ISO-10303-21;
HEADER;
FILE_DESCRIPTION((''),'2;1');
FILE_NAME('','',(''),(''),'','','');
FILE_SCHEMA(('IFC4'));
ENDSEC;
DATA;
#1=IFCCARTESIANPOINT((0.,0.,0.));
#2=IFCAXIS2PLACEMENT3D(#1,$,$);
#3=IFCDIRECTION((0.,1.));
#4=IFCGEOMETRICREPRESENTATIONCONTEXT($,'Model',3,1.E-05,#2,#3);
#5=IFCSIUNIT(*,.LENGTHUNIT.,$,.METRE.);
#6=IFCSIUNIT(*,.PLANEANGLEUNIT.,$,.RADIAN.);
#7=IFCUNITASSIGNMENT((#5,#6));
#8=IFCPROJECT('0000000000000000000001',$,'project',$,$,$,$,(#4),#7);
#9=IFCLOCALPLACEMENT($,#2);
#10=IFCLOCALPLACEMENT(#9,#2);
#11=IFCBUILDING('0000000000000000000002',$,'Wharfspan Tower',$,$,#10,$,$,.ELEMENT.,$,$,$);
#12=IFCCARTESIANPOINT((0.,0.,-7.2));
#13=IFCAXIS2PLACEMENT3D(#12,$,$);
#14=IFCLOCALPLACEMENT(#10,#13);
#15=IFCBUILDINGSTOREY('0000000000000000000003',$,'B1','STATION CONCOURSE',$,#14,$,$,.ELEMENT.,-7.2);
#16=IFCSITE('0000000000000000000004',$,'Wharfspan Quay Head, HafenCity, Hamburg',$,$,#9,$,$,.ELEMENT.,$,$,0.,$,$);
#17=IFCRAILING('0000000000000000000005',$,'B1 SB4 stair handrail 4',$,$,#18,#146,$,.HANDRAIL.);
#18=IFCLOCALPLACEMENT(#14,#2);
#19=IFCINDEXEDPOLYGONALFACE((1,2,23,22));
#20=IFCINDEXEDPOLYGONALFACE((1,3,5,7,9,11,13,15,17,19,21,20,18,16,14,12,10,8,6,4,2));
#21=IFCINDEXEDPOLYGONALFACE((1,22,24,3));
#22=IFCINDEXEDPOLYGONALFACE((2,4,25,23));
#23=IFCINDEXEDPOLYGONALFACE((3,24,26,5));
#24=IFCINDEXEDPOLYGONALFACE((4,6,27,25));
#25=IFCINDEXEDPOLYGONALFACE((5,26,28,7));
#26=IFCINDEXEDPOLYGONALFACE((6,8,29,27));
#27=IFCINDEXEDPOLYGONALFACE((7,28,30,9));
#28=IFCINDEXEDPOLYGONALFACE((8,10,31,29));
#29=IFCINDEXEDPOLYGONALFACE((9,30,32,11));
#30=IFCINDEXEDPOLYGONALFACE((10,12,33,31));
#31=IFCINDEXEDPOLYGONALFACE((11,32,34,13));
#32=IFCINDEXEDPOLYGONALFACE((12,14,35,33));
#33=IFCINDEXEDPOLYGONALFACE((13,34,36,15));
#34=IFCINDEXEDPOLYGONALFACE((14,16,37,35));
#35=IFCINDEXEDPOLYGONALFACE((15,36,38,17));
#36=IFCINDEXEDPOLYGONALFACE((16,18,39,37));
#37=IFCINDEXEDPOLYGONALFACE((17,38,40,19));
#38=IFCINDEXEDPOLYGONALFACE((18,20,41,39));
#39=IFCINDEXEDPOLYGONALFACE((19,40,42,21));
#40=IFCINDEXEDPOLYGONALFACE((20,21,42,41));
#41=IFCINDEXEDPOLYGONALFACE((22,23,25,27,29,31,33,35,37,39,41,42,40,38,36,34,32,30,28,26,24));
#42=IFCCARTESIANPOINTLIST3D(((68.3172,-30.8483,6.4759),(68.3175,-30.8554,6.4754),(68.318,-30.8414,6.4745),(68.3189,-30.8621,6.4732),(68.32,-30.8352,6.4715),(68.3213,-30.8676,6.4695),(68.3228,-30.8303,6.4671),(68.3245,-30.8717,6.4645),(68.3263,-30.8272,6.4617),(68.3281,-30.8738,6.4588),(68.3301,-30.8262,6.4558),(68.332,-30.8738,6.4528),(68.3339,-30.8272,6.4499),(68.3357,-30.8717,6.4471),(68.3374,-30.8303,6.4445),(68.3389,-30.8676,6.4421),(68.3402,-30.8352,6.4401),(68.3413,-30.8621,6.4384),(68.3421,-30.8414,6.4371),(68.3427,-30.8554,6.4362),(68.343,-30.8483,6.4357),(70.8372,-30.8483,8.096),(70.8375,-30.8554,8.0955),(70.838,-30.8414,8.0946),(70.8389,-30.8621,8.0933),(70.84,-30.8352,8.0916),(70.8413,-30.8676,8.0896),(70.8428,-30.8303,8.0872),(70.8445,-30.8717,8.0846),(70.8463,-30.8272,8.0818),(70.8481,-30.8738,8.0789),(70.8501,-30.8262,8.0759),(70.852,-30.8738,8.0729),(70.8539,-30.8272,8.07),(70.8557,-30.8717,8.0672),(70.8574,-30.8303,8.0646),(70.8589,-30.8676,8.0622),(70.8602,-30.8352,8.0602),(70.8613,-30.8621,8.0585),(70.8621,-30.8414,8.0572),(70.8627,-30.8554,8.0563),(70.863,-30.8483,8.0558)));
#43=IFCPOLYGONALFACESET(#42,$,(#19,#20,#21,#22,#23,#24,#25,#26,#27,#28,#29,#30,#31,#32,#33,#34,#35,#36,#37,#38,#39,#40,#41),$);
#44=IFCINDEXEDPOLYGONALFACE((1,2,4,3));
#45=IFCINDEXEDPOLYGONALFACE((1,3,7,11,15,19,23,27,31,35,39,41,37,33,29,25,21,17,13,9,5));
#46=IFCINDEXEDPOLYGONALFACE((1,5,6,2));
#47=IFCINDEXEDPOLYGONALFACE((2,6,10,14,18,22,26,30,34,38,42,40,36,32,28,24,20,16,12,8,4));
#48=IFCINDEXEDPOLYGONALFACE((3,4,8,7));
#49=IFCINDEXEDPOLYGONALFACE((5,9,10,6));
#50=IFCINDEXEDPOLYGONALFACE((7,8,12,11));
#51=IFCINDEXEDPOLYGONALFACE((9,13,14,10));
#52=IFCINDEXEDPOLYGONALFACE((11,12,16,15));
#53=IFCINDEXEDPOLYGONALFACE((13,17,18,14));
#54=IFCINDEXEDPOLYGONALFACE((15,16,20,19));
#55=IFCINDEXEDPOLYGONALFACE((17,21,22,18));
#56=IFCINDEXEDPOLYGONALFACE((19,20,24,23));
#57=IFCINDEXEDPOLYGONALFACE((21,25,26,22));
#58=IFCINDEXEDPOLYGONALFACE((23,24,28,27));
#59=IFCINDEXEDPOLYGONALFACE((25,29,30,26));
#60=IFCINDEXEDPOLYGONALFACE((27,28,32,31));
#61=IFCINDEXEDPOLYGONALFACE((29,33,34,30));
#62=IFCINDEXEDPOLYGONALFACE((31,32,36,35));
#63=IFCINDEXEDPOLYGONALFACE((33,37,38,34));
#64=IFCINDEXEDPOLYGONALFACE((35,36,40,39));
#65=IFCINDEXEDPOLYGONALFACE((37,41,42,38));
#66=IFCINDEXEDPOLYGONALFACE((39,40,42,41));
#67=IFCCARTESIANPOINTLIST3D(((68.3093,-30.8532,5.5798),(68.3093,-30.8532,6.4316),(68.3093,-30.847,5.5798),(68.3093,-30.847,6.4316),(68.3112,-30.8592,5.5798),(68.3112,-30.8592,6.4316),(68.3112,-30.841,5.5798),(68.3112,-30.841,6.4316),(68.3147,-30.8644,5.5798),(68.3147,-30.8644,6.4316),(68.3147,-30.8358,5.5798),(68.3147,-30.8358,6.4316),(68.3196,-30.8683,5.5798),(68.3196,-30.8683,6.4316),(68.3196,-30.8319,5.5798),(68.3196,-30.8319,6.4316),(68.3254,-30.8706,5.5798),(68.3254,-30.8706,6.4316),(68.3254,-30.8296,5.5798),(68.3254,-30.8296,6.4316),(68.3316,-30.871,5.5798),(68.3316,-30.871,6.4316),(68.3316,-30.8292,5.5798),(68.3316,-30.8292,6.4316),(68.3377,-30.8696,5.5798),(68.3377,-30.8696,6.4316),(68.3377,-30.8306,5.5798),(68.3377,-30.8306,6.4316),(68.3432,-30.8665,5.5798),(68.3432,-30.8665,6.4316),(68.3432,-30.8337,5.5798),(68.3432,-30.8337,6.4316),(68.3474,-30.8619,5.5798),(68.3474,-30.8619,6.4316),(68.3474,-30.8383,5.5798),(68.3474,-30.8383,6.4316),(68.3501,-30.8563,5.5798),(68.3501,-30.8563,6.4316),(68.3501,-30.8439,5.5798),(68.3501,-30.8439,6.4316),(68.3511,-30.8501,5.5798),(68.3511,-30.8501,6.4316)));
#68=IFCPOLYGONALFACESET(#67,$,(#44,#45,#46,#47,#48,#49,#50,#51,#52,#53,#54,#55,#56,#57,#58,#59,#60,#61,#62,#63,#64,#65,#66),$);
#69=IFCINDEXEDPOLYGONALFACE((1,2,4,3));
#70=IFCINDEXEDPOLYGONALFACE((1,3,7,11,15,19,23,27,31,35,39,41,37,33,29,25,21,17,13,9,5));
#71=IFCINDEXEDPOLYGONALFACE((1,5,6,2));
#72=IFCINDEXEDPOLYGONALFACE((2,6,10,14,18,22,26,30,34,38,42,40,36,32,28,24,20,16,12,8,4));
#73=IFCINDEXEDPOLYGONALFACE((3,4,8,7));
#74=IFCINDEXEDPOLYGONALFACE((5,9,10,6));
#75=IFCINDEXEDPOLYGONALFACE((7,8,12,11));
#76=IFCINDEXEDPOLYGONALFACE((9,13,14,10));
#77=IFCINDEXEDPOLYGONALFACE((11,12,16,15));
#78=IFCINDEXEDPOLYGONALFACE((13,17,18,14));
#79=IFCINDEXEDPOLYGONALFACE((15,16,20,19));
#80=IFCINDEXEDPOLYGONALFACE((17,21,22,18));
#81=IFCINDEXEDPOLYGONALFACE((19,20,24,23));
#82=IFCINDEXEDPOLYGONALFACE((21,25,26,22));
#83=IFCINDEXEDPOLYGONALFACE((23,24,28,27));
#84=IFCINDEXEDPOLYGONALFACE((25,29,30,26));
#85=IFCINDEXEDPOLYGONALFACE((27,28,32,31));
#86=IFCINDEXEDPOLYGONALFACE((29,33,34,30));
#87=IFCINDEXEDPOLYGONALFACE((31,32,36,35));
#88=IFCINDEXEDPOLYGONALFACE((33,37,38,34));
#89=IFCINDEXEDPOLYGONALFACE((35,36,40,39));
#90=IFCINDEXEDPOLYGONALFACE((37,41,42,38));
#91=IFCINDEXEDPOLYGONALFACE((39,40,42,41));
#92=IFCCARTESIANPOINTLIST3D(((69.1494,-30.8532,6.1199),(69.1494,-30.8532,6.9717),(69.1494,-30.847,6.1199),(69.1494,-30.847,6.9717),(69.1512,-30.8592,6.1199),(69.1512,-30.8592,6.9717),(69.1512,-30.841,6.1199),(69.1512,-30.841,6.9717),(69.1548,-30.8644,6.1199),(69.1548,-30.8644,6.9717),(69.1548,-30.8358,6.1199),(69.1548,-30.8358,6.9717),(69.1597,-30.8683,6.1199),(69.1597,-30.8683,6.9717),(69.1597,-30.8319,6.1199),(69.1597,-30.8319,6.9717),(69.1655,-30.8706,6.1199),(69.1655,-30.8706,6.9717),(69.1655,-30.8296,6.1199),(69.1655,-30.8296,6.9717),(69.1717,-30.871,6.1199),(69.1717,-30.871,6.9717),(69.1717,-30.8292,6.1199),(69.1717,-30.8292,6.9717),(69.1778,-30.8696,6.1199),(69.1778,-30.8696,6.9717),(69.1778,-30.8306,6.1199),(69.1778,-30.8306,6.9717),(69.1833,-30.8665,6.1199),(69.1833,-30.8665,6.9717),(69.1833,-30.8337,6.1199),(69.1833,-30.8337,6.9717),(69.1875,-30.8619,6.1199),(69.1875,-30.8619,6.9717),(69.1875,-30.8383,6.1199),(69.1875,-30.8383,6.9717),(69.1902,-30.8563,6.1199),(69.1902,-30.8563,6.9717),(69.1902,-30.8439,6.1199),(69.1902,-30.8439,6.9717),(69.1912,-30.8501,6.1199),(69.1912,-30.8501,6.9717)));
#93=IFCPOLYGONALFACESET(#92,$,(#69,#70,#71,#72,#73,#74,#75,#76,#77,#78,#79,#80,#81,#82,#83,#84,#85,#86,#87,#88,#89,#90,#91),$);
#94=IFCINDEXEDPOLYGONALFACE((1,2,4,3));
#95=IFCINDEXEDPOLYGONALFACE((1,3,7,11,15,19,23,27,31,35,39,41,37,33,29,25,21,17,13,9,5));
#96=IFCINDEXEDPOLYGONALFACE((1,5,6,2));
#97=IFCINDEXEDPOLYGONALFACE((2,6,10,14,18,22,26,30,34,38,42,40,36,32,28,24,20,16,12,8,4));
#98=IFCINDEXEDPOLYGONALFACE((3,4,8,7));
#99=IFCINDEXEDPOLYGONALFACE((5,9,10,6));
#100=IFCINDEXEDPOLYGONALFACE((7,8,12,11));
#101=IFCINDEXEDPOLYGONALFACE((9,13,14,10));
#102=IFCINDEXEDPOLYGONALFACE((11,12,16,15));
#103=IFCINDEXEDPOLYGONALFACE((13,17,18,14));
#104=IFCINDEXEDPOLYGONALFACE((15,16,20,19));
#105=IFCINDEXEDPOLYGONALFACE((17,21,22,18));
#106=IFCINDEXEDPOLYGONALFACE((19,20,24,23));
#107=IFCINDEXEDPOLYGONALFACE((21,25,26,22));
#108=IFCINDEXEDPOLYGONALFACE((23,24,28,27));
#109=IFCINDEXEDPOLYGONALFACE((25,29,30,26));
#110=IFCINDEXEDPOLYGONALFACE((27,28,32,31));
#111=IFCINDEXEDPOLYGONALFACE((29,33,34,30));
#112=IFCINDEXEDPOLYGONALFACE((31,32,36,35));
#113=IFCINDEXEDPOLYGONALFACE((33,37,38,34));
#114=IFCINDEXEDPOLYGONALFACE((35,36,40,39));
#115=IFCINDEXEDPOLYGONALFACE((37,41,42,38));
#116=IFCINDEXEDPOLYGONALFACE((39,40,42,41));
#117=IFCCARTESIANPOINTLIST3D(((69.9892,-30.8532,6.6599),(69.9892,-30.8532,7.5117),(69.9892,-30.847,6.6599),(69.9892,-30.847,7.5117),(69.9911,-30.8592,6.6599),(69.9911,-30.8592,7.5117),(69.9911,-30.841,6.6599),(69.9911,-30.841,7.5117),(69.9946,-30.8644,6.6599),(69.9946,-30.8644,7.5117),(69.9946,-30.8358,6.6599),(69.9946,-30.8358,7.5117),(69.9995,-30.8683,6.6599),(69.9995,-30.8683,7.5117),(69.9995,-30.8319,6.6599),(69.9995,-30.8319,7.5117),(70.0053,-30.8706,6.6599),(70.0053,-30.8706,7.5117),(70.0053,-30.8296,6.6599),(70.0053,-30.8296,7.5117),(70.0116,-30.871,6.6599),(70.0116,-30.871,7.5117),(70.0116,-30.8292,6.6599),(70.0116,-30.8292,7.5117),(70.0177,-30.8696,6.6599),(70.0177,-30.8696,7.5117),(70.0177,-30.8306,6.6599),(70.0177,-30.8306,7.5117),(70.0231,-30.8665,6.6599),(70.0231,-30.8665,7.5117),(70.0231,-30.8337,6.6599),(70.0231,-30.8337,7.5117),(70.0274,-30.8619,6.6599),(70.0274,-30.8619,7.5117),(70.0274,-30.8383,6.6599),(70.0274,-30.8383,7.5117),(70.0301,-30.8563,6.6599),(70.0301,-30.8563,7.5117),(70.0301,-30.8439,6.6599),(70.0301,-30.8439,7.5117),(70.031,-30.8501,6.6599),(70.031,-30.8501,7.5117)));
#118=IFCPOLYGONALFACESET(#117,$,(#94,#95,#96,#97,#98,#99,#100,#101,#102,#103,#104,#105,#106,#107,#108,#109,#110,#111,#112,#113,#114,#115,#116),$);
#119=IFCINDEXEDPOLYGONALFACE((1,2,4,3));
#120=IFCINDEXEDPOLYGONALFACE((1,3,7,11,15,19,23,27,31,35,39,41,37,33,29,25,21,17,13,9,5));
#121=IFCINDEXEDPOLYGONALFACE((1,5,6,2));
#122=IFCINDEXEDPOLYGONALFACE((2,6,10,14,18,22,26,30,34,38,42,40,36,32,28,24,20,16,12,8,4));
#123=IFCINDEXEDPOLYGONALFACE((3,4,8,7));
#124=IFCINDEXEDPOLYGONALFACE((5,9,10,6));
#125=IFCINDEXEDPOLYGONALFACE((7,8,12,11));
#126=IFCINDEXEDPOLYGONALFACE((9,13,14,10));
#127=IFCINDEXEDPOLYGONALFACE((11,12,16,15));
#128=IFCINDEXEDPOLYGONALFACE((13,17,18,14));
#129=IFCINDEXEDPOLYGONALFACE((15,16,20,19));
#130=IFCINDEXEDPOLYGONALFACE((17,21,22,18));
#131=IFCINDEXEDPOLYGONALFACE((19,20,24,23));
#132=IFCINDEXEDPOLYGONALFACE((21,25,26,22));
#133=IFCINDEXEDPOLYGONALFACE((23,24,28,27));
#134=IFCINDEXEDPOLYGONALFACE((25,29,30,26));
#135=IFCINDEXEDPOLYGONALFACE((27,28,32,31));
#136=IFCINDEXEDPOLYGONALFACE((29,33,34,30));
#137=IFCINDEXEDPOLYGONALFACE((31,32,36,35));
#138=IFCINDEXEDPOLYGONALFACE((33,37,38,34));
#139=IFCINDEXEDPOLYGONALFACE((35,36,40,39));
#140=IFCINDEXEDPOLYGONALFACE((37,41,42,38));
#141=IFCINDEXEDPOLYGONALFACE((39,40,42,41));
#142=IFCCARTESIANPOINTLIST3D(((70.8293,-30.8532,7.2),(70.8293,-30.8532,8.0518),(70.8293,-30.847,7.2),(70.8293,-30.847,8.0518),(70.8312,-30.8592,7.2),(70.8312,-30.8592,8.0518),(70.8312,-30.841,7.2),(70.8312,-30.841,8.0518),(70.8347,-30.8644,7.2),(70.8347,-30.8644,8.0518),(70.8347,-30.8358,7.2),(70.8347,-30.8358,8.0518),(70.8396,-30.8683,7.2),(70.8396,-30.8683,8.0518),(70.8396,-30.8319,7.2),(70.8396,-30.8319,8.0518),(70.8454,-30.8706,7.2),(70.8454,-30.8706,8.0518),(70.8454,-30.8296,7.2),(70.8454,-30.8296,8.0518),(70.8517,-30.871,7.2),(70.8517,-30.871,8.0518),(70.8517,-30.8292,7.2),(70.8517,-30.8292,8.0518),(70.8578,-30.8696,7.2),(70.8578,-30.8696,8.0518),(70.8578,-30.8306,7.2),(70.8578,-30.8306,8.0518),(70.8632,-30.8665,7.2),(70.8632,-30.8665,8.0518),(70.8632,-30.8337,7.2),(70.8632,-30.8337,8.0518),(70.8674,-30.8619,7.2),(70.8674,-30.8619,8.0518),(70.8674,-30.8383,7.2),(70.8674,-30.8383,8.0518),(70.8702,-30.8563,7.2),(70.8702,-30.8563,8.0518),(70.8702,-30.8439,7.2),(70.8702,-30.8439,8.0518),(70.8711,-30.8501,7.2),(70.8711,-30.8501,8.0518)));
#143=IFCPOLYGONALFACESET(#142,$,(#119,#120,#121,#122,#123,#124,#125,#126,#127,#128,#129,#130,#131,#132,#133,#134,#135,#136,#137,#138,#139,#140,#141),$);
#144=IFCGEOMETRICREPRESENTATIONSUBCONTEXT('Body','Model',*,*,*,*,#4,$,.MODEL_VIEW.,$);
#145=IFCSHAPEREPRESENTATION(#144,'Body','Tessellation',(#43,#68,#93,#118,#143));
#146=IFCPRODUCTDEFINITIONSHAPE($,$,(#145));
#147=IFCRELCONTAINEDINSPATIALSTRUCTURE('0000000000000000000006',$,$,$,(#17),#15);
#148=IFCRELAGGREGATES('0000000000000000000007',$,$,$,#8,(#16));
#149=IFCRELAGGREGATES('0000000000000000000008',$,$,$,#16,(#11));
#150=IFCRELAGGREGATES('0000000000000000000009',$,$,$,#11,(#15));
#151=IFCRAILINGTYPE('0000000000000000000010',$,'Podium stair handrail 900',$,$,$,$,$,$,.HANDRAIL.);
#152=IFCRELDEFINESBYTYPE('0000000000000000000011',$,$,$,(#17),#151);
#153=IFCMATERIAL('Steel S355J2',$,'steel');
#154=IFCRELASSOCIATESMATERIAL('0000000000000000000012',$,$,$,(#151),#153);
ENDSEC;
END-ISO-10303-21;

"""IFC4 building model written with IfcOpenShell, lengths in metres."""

from ifc_helpers import new_model, si_unit, direction, frame, origin, origin_2d, place, context, subcontext, project, spatial, circle, extrude, material, type_object, element, save


model = new_model("IFC4")

# Units and contexts
model_context = context("Model", 3, precision=1e-05, world=origin(), true_north=direction((0.0, 1.0)))
body_context = subcontext(model_context, "Body", "Model", "MODEL_VIEW")
ifc_project = project(units=[si_unit("LENGTHUNIT", "METRE"), si_unit("PLANEANGLEUNIT", "RADIAN")], contexts=[model_context])

# Site, building, storey
site_placement = place(None, origin())
site = spatial("IfcSite", under=ifc_project, at=site_placement, Name="Wharfspan Quay Head, HafenCity, Hamburg", CompositionType="ELEMENT", RefElevation=0.0)
building_placement = place(site_placement, origin())
building = spatial("IfcBuilding", under=site, at=building_placement, Name="Wharfspan Tower", CompositionType="ELEMENT")
storey_placement = place(building_placement, frame((0.0, 0.0, -7.2)))
storey = spatial("IfcBuildingStorey", under=building, at=storey_placement, Name="B1", Description="STATION CONCOURSE", CompositionType="ELEMENT", Elevation=-7.2)

# Railing
ifc_material_1 = material(Name="Steel S355J2", Category="steel")
railing_type_1 = type_object("IfcRailingType", Name="Podium stair handrail 900", PredefinedType="HANDRAIL", material=ifc_material_1)
for number, where, name in (
    (1, (68.3301, -30.8501, 5.5798), "B1 SB4 stair handrail 4"),
):
    element("IfcRailing", number, at=place(storey_placement, frame(where)), inside=storey, type_object=railing_type_1, Name=name, PredefinedType="HANDRAIL", context=body_context, shape_type="SweptSolid", body=[
        extrude(circle(Radius=0.0239, at=origin_2d()), frame((0.0, 0.0, 0.876), z_axis=(0.841163, 0.0, 0.540782), x_axis=(0.0, 1.0, 0.0)), (0.0, 0.0, 1.0), 2.9958),
        extrude(circle(Radius=0.021, at=origin_2d()), origin(), (0.0, 0.0, 1.0), 0.8518),
        extrude(circle(Radius=0.021, at=origin_2d()), frame((0.8401, 0.0, 0.54)), (0.0, 0.0, 1.0), 0.8518),
        extrude(circle(Radius=0.021, at=origin_2d()), frame((1.6799, 0.0, 1.0801)), (0.0, 0.0, 1.0), 0.8518),
        extrude(circle(Radius=0.021, at=origin_2d()), frame((2.52, 0.0, 1.6201)), (0.0, 0.0, 1.0), 0.8518),
    ])

save(model, "model.ifc")
